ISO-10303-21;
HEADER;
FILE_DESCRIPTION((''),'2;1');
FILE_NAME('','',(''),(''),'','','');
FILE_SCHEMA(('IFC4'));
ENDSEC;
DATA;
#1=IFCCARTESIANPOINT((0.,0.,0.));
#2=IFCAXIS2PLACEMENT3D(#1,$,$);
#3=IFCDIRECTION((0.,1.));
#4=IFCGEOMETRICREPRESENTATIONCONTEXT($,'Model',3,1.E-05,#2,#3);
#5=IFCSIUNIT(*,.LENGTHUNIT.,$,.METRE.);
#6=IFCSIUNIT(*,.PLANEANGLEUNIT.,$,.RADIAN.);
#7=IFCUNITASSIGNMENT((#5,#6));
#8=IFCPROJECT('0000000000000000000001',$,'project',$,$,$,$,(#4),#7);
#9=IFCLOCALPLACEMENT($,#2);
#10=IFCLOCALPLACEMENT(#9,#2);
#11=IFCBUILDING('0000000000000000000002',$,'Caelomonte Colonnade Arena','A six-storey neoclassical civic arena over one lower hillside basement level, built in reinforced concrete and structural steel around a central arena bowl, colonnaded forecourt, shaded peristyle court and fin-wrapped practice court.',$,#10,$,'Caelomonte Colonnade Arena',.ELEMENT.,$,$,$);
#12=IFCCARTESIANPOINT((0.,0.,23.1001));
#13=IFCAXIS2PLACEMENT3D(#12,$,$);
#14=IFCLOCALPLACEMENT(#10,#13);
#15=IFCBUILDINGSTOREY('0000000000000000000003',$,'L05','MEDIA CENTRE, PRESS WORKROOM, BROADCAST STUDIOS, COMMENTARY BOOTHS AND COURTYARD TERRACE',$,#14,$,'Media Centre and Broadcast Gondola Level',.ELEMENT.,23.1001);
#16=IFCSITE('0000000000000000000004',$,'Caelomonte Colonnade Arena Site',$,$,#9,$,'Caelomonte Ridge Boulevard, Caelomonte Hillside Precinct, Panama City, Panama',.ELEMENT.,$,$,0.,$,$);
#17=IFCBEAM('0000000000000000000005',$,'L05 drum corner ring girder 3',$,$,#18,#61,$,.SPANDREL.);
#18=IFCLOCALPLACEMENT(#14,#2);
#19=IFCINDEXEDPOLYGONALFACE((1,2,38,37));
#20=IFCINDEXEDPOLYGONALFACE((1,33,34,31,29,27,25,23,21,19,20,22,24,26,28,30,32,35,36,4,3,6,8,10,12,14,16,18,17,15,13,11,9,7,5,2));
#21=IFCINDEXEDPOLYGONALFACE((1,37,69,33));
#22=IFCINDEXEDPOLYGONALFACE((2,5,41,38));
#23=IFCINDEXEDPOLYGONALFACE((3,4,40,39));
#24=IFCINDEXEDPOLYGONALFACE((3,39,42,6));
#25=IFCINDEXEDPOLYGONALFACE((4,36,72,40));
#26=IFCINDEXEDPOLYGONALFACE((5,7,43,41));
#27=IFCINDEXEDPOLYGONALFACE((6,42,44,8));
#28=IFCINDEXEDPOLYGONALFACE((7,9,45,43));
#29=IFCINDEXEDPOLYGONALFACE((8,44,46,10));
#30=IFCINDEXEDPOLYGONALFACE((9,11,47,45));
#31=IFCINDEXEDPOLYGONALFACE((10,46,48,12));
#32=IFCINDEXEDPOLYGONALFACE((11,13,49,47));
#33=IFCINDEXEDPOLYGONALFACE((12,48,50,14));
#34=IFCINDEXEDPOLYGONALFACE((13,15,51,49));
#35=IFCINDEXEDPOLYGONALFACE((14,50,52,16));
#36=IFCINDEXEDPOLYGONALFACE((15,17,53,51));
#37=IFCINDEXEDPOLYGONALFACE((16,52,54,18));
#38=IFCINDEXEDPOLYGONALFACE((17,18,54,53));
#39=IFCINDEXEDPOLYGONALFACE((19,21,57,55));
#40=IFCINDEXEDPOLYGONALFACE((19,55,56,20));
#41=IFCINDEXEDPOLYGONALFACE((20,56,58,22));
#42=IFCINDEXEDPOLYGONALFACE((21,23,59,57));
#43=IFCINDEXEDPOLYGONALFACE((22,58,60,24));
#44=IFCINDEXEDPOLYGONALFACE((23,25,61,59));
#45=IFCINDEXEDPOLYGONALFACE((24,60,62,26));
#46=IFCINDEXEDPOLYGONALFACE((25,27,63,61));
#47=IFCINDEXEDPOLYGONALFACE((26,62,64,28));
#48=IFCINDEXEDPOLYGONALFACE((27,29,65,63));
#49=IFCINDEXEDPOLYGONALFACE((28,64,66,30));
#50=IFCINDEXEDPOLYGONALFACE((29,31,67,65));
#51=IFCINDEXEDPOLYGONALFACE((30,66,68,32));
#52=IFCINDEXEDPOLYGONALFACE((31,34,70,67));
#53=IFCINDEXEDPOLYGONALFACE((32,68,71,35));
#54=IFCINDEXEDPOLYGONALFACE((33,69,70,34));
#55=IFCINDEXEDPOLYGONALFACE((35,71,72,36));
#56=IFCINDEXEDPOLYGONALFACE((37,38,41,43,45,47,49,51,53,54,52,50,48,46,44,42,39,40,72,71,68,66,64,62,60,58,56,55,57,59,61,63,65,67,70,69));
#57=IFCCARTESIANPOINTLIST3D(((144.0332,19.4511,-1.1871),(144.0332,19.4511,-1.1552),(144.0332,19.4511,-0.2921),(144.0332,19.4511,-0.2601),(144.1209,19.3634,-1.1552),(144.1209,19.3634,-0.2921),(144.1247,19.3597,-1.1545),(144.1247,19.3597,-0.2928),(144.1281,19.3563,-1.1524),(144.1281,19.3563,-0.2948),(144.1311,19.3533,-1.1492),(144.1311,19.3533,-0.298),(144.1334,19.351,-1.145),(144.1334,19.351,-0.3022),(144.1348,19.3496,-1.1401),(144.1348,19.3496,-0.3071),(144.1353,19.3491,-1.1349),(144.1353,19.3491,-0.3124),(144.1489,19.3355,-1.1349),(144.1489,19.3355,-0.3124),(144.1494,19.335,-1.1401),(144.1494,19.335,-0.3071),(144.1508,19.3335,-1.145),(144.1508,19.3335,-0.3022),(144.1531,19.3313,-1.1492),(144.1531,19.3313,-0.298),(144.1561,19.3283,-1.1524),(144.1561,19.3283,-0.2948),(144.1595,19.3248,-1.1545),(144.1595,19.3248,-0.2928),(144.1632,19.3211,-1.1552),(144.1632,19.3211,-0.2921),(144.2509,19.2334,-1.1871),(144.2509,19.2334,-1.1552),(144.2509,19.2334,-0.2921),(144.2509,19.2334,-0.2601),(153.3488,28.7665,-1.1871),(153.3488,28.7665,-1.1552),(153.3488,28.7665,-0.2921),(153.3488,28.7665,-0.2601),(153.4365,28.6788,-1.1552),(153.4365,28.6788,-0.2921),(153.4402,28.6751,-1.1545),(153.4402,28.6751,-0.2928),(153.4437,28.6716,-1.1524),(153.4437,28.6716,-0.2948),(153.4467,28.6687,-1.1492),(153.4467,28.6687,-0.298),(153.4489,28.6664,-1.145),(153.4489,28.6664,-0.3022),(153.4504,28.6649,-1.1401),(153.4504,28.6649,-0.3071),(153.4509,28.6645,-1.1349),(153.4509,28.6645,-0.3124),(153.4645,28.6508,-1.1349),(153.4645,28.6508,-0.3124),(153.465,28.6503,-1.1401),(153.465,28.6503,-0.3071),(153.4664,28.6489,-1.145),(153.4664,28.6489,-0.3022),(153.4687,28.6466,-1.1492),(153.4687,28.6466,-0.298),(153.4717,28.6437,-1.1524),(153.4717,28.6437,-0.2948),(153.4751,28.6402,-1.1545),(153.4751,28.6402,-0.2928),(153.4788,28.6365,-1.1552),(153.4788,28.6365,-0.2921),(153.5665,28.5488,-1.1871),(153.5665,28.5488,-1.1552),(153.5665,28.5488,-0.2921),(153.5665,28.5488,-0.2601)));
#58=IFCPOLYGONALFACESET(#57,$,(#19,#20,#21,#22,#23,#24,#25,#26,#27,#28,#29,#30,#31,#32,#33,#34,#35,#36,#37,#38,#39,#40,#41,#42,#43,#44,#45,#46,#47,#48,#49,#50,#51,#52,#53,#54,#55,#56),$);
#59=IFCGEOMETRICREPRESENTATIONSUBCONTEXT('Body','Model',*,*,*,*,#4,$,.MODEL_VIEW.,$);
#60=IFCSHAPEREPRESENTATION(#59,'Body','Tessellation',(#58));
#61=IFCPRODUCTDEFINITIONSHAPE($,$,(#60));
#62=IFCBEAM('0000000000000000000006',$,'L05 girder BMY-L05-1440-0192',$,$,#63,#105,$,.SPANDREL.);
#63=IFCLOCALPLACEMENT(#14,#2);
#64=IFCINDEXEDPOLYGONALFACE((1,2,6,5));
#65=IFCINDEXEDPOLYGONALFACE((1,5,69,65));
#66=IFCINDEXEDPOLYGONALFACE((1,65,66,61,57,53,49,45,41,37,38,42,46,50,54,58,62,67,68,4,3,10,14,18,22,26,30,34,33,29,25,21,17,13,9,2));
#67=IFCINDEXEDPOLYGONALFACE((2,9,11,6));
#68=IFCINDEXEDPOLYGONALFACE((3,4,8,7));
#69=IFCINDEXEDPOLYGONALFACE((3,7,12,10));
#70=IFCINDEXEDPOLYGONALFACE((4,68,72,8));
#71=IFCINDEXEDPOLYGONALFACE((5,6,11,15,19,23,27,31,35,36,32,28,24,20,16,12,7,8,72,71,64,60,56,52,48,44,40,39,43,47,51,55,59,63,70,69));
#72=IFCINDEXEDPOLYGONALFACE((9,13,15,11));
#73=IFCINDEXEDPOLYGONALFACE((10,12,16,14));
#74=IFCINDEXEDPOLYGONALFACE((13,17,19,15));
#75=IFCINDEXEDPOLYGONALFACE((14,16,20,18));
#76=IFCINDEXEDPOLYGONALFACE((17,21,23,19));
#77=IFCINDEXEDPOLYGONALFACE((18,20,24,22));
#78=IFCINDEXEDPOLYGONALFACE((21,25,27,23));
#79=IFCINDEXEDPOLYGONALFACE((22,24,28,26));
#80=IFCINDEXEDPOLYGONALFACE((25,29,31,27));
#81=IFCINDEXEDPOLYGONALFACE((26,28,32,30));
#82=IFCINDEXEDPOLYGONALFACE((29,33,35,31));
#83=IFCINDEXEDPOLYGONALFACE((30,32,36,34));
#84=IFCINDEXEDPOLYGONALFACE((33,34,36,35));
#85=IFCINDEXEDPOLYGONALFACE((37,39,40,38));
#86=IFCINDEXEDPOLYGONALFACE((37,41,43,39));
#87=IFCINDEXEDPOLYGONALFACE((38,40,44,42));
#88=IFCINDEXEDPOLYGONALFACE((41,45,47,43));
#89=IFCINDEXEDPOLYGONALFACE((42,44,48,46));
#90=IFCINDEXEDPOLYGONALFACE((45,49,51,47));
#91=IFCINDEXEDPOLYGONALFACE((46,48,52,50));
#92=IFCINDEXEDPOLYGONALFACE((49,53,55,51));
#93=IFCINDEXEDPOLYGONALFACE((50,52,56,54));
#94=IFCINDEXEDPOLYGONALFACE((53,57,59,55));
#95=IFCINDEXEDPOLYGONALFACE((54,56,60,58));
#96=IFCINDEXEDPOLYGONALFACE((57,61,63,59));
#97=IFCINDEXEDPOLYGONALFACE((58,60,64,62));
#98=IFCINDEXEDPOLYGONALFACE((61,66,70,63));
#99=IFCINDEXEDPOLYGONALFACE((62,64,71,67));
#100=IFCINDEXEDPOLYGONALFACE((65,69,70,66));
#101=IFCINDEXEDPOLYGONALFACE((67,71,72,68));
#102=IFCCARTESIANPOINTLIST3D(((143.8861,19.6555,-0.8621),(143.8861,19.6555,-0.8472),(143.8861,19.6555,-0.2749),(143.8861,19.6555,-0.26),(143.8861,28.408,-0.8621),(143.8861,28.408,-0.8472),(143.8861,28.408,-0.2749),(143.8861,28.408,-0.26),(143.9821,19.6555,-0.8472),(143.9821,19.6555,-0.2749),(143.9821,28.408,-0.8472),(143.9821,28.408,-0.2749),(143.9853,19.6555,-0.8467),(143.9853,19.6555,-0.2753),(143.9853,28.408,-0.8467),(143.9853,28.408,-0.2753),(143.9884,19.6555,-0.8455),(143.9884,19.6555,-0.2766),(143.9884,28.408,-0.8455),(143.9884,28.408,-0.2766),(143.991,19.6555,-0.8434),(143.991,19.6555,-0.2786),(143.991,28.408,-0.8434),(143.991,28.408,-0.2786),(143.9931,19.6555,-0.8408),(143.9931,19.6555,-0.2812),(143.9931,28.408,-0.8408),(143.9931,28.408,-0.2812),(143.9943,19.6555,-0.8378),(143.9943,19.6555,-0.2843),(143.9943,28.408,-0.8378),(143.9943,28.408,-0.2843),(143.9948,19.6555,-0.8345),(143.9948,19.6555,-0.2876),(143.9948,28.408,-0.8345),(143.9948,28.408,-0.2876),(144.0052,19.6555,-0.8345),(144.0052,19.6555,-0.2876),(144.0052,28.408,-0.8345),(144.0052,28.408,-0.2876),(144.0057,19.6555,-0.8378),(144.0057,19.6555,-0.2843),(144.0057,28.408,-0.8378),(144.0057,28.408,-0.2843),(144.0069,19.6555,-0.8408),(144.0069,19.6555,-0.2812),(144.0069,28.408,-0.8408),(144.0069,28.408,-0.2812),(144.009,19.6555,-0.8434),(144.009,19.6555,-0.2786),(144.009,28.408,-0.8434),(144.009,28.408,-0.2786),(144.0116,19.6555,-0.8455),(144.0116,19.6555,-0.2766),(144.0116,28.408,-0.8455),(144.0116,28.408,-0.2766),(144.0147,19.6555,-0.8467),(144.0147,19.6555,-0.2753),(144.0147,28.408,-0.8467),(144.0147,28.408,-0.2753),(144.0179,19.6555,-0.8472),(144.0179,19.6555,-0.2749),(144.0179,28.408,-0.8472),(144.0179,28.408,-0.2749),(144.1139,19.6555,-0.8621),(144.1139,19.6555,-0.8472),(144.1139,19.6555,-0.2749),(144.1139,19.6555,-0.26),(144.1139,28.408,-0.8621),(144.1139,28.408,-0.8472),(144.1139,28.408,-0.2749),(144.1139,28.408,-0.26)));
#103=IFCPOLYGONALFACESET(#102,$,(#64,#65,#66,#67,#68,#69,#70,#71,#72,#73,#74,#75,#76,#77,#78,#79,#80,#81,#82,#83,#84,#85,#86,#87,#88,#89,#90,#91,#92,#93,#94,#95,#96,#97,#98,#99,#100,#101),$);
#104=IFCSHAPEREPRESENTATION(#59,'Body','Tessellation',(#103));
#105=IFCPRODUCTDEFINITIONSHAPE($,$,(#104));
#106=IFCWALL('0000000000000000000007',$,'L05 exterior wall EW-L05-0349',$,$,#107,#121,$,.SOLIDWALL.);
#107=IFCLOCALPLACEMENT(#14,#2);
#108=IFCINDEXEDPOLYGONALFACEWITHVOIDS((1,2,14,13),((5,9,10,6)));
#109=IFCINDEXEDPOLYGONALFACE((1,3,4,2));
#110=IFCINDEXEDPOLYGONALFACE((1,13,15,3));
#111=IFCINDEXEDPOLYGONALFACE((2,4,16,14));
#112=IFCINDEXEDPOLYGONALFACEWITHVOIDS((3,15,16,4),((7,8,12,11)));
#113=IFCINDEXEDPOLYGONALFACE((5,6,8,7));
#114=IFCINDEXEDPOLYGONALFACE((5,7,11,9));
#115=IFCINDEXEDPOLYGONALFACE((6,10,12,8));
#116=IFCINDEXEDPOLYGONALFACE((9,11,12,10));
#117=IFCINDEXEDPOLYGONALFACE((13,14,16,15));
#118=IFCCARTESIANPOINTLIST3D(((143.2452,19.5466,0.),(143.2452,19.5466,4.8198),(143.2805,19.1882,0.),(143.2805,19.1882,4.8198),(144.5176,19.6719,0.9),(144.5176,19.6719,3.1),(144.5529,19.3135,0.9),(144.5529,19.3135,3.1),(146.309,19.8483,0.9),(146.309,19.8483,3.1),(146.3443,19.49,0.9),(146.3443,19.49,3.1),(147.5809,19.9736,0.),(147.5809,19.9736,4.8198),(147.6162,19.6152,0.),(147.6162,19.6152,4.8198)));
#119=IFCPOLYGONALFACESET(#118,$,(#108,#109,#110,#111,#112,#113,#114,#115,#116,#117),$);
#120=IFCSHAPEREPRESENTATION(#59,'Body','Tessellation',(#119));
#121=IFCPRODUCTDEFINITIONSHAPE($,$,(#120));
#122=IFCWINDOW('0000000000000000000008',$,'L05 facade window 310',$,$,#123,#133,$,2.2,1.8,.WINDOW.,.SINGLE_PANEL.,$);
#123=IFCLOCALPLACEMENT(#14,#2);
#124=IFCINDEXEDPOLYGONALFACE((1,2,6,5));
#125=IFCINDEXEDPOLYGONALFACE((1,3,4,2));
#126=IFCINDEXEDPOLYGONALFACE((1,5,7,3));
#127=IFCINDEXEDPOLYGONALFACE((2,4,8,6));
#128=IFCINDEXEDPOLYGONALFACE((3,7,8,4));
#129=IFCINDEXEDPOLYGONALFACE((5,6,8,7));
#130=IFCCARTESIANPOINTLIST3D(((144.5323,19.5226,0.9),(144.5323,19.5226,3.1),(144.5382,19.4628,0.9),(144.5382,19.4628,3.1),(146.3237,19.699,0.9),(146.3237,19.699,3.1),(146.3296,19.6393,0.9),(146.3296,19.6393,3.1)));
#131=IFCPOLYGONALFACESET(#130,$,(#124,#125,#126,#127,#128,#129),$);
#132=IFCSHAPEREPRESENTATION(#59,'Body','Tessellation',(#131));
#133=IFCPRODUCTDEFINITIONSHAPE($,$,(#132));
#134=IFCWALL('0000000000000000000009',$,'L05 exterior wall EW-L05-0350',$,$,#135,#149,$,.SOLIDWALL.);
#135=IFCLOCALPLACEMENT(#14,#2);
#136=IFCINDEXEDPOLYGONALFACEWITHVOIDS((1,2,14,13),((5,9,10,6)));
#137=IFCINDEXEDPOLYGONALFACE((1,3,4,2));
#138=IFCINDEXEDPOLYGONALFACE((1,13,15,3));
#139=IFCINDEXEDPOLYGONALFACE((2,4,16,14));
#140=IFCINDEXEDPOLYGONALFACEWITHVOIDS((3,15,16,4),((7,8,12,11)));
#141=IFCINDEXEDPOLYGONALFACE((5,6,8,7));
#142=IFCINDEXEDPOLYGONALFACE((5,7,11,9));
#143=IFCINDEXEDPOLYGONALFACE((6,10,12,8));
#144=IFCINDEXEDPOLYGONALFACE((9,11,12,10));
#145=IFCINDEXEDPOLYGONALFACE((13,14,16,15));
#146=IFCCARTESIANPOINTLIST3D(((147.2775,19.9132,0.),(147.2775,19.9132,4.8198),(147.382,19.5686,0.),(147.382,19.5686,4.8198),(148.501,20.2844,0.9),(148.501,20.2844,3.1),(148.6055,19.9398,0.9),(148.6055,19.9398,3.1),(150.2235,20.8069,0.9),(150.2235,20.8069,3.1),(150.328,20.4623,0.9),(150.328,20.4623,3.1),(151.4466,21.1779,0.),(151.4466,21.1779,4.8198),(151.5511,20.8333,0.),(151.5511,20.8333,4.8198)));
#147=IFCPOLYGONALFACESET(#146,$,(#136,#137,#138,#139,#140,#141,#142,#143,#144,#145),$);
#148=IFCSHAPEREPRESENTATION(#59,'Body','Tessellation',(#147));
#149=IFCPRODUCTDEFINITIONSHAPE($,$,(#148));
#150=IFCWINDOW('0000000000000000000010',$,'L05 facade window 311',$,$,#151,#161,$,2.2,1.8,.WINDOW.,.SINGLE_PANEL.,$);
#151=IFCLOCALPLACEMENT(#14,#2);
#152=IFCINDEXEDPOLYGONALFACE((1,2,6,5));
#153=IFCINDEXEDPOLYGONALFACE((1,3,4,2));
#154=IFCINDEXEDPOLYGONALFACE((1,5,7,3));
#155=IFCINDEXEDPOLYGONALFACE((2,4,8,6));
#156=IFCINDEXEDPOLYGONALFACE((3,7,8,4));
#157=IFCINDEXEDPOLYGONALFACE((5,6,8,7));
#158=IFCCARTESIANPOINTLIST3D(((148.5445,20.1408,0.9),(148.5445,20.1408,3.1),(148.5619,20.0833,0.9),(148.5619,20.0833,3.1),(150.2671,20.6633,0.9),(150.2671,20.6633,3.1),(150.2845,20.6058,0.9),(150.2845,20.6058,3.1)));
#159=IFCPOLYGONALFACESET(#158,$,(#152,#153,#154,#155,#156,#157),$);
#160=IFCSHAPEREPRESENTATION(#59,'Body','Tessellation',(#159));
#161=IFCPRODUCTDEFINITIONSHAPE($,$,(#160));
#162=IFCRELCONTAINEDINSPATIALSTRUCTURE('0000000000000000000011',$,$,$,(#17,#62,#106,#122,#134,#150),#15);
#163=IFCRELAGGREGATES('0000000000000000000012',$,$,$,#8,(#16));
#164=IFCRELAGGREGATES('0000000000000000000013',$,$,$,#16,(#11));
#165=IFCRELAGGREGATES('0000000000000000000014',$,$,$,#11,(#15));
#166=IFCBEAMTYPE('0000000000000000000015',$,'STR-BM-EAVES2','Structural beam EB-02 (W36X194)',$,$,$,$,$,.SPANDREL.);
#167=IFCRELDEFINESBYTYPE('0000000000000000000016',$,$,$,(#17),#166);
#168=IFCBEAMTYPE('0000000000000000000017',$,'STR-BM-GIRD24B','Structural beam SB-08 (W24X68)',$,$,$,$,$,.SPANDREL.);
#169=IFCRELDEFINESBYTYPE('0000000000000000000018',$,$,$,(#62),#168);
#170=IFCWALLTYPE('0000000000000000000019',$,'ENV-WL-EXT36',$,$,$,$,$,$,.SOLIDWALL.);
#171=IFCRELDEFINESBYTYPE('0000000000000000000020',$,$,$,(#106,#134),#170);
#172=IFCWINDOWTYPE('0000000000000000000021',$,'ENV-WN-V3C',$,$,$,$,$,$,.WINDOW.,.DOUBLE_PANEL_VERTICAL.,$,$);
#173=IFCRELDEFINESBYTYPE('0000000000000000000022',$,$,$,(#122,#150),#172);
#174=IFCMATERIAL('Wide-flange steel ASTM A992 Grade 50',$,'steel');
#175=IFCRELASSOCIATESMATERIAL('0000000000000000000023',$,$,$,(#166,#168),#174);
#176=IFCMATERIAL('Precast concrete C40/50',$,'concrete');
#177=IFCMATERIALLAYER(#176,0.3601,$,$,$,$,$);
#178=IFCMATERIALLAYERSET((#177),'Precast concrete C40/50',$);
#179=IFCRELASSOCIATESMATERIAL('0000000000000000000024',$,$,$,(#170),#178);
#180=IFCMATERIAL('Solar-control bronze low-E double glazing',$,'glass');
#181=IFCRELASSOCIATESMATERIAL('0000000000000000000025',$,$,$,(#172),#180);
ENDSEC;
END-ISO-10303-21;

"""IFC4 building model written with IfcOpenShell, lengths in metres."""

from ifc_helpers import new_model, si_unit, direction, frame, frame_2d, origin, origin_2d, place, context, subcontext, project, spatial, rectangle, i_section, extrude, material, layer, layer_set, material_profile, profile_set, type_object, element, fill, save


model = new_model("IFC4")

# Units and contexts
model_context = context("Model", 3, precision=1e-05, world=origin(), true_north=direction((0.0, 1.0)))
body_context = subcontext(model_context, "Body", "Model", "MODEL_VIEW")
ifc_project = project(units=[si_unit("LENGTHUNIT", "METRE"), si_unit("PLANEANGLEUNIT", "RADIAN")], contexts=[model_context])

# Site, building, storey
site_placement = place(None, origin())
site = spatial("IfcSite", under=ifc_project, at=site_placement, Name="Caelomonte Colonnade Arena Site", LongName="Caelomonte Ridge Boulevard, Caelomonte Hillside Precinct, Panama City, Panama", CompositionType="ELEMENT", RefElevation=0.0)
building_placement = place(site_placement, origin())
building = spatial("IfcBuilding", under=site, at=building_placement, Name="Caelomonte Colonnade Arena", Description="A six-storey neoclassical civic arena over one lower hillside basement level, built in reinforced concrete and structural steel around a central arena bowl, colonnaded forecourt, shaded peristyle court and fin-wrapped practice court.", LongName="Caelomonte Colonnade Arena", CompositionType="ELEMENT")
storey_placement = place(building_placement, frame((0.0, 0.0, 23.1001)))
storey = spatial("IfcBuildingStorey", under=building, at=storey_placement, Name="L05", Description="MEDIA CENTRE, PRESS WORKROOM, BROADCAST STUDIOS, COMMENTARY BOOTHS AND COURTYARD TERRACE", LongName="Media Centre and Broadcast Gondola Level", CompositionType="ELEMENT", Elevation=23.1001)

# Beams
ifc_material_1 = material(Name="Wide-flange steel ASTM A992 Grade 50", Category="steel")
ifc_material_profile_1 = material_profile(ifc_material_1, i_section(OverallWidth=0.3079, OverallDepth=0.927, WebThickness=0.0193, FlangeThickness=0.032, FilletRadius=0.0203, at=origin_2d()), Name="W36X194")
ifc_profile_set_1 = profile_set([ifc_material_profile_1], Name="Wide-flange steel ASTM A992 Grade 50")
beam_type_1 = type_object("IfcBeamType", Name="STR-BM-EAVES2", Description="Structural beam EB-02 (W36X194)", PredefinedType="SPANDREL", material=ifc_profile_set_1)
beam_1_placement = place(storey_placement, frame((144.1421, 19.3423, -0.7236), z_axis=(0.707116, 0.707098, 0.0), x_axis=(-0.707098, 0.707116, 0.0)))
element("IfcBeam", 1, at=beam_1_placement, inside=storey, type_object=beam_type_1, Name="L05 drum corner ring girder 3", PredefinedType="SPANDREL", context=body_context, shape_type="SweptSolid", body=[
    extrude(i_section(OverallWidth=0.3079, OverallDepth=0.927, WebThickness=0.0193, FlangeThickness=0.032, FilletRadius=0.0203, at=origin_2d()), origin(), (0.0, 0.0, 1.0), 13.1741),
])
ifc_material_profile_2 = material_profile(ifc_material_1, i_section(OverallWidth=0.2278, OverallDepth=0.6021, WebThickness=0.0105, FlangeThickness=0.0149, FilletRadius=0.0127, at=origin_2d()), Name="W24X68")
ifc_profile_set_2 = profile_set([ifc_material_profile_2], Name="Wide-flange steel ASTM A992 Grade 50")
beam_type_2 = type_object("IfcBeamType", Name="STR-BM-GIRD24B", Description="Structural beam SB-08 (W24X68)", PredefinedType="SPANDREL", material=ifc_profile_set_2)
beam_2_placement = place(storey_placement, frame((144.0, 19.6555, -0.561), z_axis=(0.0, 1.0, 0.0), x_axis=(-1.0, 0.0, 0.0)))
element("IfcBeam", 2, at=beam_2_placement, inside=storey, type_object=beam_type_2, Name="L05 girder BMY-L05-1440-0192", PredefinedType="SPANDREL", context=body_context, shape_type="SweptSolid", body=[
    extrude(i_section(OverallWidth=0.2278, OverallDepth=0.6021, WebThickness=0.0105, FlangeThickness=0.0149, FilletRadius=0.0127, at=origin_2d()), origin(), (0.0, 0.0, 1.0), 8.7524),
])

# Walls, openings, windows
ifc_material_2 = material(Name="Precast concrete C40/50", Category="concrete")
ifc_layer = layer(ifc_material_2, 0.3601)
ifc_layer_set = layer_set([ifc_layer], Name="Precast concrete C40/50")
wall_type = type_object("IfcWallType", Name="ENV-WL-EXT36", PredefinedType="SOLIDWALL", material=ifc_layer_set)
wall_1_placement = place(storey_placement, frame((143.2629, 19.3674, 0.0), z_axis=(0.0, 0.0, 1.0), x_axis=(0.995185, 0.098011, 0.0)))
wall_1 = element("IfcWall", 3, at=wall_1_placement, inside=storey, type_object=wall_type, Name="L05 exterior wall EW-L05-0349", PredefinedType="SOLIDWALL", context=body_context, shape_type="SweptSolid", body=[
    extrude(rectangle(XDim=4.3567, YDim=0.3601, at=frame_2d((2.1782, 0.0))), origin(), (0.0, 0.0, 1.0), 4.8198),
])
opening_1_placement = place(wall_1_placement, frame((3.0784, 0.0, 0.8999), z_axis=(0.0, 0.0, 1.0), x_axis=(-1.0, 0.0, 0.0)))
opening_1 = element("IfcOpeningElement", 4, at=opening_1_placement, cuts=wall_1, PredefinedType="OPENING", context=body_context, shape_type="SweptSolid", body=[
    extrude(rectangle(XDim=1.8, YDim=2.2, at=frame_2d((0.8999, 1.1001))), frame((0.0, 0.1899, 0.0), z_axis=(0.0, -1.0, 0.0), x_axis=(1.0, 0.0, 0.0)), (0.0, 0.0, 1.0), 0.3801),
])
ifc_material_3 = material(Name="Solar-control bronze low-E double glazing", Category="glass")
window_type = type_object("IfcWindowType", Name="ENV-WN-V3C", PartitioningType="DOUBLE_PANEL_VERTICAL", PredefinedType="WINDOW", material=ifc_material_3)
window_1_placement = place(opening_1_placement, origin())
window_1 = element("IfcWindow", 5, at=window_1_placement, inside=storey, type_object=window_type, Name="L05 facade window 310", OverallHeight=2.2, OverallWidth=1.8, PartitioningType="SINGLE_PANEL", PredefinedType="WINDOW", context=body_context, shape_type="SweptSolid", body=[
    extrude(rectangle(XDim=1.8, YDim=2.2, at=frame_2d((0.8999, 1.1001))), frame((0.0, 0.03, 0.0), z_axis=(0.0, -1.0, 0.0), x_axis=(1.0, 0.0, 0.0)), (0.0, 0.0, 1.0), 0.0601),
])
fill(opening_1, window_1)
wall_2_placement = place(storey_placement, frame((147.3298, 19.741, 0.0), z_axis=(0.0, 0.0, 1.0), x_axis=(0.956944, 0.290272, 0.0)))
wall_2 = element("IfcWall", 6, at=wall_2_placement, inside=storey, type_object=wall_type, Name="L05 exterior wall EW-L05-0350", PredefinedType="SOLIDWALL", context=body_context, shape_type="SweptSolid", body=[
    extrude(rectangle(XDim=4.3567, YDim=0.3601, at=frame_2d((2.1782, 0.0))), origin(), (0.0, 0.0, 1.0), 4.8198),
])
opening_2_placement = place(wall_2_placement, frame((3.0784, 0.0, 0.8999), z_axis=(0.0, 0.0, 1.0), x_axis=(-1.0, 0.0, 0.0)))
opening_2 = element("IfcOpeningElement", 7, at=opening_2_placement, cuts=wall_2, PredefinedType="OPENING", context=body_context, shape_type="SweptSolid", body=[
    extrude(rectangle(XDim=1.8, YDim=2.2, at=frame_2d((0.8999, 1.1001))), frame((0.0, 0.1899, 0.0), z_axis=(0.0, -1.0, 0.0), x_axis=(1.0, 0.0, 0.0)), (0.0, 0.0, 1.0), 0.3801),
])
window_2_placement = place(opening_2_placement, origin())
window_2 = element("IfcWindow", 8, at=window_2_placement, inside=storey, type_object=window_type, Name="L05 facade window 311", OverallHeight=2.2, OverallWidth=1.8, PartitioningType="SINGLE_PANEL", PredefinedType="WINDOW", context=body_context, shape_type="SweptSolid", body=[
    extrude(rectangle(XDim=1.8, YDim=2.2, at=frame_2d((0.8999, 1.1001))), frame((0.0, 0.03, 0.0), z_axis=(0.0, -1.0, 0.0), x_axis=(1.0, 0.0, 0.0)), (0.0, 0.0, 1.0), 0.0601),
])
fill(opening_2, window_2)

save(model, "model.ifc")
